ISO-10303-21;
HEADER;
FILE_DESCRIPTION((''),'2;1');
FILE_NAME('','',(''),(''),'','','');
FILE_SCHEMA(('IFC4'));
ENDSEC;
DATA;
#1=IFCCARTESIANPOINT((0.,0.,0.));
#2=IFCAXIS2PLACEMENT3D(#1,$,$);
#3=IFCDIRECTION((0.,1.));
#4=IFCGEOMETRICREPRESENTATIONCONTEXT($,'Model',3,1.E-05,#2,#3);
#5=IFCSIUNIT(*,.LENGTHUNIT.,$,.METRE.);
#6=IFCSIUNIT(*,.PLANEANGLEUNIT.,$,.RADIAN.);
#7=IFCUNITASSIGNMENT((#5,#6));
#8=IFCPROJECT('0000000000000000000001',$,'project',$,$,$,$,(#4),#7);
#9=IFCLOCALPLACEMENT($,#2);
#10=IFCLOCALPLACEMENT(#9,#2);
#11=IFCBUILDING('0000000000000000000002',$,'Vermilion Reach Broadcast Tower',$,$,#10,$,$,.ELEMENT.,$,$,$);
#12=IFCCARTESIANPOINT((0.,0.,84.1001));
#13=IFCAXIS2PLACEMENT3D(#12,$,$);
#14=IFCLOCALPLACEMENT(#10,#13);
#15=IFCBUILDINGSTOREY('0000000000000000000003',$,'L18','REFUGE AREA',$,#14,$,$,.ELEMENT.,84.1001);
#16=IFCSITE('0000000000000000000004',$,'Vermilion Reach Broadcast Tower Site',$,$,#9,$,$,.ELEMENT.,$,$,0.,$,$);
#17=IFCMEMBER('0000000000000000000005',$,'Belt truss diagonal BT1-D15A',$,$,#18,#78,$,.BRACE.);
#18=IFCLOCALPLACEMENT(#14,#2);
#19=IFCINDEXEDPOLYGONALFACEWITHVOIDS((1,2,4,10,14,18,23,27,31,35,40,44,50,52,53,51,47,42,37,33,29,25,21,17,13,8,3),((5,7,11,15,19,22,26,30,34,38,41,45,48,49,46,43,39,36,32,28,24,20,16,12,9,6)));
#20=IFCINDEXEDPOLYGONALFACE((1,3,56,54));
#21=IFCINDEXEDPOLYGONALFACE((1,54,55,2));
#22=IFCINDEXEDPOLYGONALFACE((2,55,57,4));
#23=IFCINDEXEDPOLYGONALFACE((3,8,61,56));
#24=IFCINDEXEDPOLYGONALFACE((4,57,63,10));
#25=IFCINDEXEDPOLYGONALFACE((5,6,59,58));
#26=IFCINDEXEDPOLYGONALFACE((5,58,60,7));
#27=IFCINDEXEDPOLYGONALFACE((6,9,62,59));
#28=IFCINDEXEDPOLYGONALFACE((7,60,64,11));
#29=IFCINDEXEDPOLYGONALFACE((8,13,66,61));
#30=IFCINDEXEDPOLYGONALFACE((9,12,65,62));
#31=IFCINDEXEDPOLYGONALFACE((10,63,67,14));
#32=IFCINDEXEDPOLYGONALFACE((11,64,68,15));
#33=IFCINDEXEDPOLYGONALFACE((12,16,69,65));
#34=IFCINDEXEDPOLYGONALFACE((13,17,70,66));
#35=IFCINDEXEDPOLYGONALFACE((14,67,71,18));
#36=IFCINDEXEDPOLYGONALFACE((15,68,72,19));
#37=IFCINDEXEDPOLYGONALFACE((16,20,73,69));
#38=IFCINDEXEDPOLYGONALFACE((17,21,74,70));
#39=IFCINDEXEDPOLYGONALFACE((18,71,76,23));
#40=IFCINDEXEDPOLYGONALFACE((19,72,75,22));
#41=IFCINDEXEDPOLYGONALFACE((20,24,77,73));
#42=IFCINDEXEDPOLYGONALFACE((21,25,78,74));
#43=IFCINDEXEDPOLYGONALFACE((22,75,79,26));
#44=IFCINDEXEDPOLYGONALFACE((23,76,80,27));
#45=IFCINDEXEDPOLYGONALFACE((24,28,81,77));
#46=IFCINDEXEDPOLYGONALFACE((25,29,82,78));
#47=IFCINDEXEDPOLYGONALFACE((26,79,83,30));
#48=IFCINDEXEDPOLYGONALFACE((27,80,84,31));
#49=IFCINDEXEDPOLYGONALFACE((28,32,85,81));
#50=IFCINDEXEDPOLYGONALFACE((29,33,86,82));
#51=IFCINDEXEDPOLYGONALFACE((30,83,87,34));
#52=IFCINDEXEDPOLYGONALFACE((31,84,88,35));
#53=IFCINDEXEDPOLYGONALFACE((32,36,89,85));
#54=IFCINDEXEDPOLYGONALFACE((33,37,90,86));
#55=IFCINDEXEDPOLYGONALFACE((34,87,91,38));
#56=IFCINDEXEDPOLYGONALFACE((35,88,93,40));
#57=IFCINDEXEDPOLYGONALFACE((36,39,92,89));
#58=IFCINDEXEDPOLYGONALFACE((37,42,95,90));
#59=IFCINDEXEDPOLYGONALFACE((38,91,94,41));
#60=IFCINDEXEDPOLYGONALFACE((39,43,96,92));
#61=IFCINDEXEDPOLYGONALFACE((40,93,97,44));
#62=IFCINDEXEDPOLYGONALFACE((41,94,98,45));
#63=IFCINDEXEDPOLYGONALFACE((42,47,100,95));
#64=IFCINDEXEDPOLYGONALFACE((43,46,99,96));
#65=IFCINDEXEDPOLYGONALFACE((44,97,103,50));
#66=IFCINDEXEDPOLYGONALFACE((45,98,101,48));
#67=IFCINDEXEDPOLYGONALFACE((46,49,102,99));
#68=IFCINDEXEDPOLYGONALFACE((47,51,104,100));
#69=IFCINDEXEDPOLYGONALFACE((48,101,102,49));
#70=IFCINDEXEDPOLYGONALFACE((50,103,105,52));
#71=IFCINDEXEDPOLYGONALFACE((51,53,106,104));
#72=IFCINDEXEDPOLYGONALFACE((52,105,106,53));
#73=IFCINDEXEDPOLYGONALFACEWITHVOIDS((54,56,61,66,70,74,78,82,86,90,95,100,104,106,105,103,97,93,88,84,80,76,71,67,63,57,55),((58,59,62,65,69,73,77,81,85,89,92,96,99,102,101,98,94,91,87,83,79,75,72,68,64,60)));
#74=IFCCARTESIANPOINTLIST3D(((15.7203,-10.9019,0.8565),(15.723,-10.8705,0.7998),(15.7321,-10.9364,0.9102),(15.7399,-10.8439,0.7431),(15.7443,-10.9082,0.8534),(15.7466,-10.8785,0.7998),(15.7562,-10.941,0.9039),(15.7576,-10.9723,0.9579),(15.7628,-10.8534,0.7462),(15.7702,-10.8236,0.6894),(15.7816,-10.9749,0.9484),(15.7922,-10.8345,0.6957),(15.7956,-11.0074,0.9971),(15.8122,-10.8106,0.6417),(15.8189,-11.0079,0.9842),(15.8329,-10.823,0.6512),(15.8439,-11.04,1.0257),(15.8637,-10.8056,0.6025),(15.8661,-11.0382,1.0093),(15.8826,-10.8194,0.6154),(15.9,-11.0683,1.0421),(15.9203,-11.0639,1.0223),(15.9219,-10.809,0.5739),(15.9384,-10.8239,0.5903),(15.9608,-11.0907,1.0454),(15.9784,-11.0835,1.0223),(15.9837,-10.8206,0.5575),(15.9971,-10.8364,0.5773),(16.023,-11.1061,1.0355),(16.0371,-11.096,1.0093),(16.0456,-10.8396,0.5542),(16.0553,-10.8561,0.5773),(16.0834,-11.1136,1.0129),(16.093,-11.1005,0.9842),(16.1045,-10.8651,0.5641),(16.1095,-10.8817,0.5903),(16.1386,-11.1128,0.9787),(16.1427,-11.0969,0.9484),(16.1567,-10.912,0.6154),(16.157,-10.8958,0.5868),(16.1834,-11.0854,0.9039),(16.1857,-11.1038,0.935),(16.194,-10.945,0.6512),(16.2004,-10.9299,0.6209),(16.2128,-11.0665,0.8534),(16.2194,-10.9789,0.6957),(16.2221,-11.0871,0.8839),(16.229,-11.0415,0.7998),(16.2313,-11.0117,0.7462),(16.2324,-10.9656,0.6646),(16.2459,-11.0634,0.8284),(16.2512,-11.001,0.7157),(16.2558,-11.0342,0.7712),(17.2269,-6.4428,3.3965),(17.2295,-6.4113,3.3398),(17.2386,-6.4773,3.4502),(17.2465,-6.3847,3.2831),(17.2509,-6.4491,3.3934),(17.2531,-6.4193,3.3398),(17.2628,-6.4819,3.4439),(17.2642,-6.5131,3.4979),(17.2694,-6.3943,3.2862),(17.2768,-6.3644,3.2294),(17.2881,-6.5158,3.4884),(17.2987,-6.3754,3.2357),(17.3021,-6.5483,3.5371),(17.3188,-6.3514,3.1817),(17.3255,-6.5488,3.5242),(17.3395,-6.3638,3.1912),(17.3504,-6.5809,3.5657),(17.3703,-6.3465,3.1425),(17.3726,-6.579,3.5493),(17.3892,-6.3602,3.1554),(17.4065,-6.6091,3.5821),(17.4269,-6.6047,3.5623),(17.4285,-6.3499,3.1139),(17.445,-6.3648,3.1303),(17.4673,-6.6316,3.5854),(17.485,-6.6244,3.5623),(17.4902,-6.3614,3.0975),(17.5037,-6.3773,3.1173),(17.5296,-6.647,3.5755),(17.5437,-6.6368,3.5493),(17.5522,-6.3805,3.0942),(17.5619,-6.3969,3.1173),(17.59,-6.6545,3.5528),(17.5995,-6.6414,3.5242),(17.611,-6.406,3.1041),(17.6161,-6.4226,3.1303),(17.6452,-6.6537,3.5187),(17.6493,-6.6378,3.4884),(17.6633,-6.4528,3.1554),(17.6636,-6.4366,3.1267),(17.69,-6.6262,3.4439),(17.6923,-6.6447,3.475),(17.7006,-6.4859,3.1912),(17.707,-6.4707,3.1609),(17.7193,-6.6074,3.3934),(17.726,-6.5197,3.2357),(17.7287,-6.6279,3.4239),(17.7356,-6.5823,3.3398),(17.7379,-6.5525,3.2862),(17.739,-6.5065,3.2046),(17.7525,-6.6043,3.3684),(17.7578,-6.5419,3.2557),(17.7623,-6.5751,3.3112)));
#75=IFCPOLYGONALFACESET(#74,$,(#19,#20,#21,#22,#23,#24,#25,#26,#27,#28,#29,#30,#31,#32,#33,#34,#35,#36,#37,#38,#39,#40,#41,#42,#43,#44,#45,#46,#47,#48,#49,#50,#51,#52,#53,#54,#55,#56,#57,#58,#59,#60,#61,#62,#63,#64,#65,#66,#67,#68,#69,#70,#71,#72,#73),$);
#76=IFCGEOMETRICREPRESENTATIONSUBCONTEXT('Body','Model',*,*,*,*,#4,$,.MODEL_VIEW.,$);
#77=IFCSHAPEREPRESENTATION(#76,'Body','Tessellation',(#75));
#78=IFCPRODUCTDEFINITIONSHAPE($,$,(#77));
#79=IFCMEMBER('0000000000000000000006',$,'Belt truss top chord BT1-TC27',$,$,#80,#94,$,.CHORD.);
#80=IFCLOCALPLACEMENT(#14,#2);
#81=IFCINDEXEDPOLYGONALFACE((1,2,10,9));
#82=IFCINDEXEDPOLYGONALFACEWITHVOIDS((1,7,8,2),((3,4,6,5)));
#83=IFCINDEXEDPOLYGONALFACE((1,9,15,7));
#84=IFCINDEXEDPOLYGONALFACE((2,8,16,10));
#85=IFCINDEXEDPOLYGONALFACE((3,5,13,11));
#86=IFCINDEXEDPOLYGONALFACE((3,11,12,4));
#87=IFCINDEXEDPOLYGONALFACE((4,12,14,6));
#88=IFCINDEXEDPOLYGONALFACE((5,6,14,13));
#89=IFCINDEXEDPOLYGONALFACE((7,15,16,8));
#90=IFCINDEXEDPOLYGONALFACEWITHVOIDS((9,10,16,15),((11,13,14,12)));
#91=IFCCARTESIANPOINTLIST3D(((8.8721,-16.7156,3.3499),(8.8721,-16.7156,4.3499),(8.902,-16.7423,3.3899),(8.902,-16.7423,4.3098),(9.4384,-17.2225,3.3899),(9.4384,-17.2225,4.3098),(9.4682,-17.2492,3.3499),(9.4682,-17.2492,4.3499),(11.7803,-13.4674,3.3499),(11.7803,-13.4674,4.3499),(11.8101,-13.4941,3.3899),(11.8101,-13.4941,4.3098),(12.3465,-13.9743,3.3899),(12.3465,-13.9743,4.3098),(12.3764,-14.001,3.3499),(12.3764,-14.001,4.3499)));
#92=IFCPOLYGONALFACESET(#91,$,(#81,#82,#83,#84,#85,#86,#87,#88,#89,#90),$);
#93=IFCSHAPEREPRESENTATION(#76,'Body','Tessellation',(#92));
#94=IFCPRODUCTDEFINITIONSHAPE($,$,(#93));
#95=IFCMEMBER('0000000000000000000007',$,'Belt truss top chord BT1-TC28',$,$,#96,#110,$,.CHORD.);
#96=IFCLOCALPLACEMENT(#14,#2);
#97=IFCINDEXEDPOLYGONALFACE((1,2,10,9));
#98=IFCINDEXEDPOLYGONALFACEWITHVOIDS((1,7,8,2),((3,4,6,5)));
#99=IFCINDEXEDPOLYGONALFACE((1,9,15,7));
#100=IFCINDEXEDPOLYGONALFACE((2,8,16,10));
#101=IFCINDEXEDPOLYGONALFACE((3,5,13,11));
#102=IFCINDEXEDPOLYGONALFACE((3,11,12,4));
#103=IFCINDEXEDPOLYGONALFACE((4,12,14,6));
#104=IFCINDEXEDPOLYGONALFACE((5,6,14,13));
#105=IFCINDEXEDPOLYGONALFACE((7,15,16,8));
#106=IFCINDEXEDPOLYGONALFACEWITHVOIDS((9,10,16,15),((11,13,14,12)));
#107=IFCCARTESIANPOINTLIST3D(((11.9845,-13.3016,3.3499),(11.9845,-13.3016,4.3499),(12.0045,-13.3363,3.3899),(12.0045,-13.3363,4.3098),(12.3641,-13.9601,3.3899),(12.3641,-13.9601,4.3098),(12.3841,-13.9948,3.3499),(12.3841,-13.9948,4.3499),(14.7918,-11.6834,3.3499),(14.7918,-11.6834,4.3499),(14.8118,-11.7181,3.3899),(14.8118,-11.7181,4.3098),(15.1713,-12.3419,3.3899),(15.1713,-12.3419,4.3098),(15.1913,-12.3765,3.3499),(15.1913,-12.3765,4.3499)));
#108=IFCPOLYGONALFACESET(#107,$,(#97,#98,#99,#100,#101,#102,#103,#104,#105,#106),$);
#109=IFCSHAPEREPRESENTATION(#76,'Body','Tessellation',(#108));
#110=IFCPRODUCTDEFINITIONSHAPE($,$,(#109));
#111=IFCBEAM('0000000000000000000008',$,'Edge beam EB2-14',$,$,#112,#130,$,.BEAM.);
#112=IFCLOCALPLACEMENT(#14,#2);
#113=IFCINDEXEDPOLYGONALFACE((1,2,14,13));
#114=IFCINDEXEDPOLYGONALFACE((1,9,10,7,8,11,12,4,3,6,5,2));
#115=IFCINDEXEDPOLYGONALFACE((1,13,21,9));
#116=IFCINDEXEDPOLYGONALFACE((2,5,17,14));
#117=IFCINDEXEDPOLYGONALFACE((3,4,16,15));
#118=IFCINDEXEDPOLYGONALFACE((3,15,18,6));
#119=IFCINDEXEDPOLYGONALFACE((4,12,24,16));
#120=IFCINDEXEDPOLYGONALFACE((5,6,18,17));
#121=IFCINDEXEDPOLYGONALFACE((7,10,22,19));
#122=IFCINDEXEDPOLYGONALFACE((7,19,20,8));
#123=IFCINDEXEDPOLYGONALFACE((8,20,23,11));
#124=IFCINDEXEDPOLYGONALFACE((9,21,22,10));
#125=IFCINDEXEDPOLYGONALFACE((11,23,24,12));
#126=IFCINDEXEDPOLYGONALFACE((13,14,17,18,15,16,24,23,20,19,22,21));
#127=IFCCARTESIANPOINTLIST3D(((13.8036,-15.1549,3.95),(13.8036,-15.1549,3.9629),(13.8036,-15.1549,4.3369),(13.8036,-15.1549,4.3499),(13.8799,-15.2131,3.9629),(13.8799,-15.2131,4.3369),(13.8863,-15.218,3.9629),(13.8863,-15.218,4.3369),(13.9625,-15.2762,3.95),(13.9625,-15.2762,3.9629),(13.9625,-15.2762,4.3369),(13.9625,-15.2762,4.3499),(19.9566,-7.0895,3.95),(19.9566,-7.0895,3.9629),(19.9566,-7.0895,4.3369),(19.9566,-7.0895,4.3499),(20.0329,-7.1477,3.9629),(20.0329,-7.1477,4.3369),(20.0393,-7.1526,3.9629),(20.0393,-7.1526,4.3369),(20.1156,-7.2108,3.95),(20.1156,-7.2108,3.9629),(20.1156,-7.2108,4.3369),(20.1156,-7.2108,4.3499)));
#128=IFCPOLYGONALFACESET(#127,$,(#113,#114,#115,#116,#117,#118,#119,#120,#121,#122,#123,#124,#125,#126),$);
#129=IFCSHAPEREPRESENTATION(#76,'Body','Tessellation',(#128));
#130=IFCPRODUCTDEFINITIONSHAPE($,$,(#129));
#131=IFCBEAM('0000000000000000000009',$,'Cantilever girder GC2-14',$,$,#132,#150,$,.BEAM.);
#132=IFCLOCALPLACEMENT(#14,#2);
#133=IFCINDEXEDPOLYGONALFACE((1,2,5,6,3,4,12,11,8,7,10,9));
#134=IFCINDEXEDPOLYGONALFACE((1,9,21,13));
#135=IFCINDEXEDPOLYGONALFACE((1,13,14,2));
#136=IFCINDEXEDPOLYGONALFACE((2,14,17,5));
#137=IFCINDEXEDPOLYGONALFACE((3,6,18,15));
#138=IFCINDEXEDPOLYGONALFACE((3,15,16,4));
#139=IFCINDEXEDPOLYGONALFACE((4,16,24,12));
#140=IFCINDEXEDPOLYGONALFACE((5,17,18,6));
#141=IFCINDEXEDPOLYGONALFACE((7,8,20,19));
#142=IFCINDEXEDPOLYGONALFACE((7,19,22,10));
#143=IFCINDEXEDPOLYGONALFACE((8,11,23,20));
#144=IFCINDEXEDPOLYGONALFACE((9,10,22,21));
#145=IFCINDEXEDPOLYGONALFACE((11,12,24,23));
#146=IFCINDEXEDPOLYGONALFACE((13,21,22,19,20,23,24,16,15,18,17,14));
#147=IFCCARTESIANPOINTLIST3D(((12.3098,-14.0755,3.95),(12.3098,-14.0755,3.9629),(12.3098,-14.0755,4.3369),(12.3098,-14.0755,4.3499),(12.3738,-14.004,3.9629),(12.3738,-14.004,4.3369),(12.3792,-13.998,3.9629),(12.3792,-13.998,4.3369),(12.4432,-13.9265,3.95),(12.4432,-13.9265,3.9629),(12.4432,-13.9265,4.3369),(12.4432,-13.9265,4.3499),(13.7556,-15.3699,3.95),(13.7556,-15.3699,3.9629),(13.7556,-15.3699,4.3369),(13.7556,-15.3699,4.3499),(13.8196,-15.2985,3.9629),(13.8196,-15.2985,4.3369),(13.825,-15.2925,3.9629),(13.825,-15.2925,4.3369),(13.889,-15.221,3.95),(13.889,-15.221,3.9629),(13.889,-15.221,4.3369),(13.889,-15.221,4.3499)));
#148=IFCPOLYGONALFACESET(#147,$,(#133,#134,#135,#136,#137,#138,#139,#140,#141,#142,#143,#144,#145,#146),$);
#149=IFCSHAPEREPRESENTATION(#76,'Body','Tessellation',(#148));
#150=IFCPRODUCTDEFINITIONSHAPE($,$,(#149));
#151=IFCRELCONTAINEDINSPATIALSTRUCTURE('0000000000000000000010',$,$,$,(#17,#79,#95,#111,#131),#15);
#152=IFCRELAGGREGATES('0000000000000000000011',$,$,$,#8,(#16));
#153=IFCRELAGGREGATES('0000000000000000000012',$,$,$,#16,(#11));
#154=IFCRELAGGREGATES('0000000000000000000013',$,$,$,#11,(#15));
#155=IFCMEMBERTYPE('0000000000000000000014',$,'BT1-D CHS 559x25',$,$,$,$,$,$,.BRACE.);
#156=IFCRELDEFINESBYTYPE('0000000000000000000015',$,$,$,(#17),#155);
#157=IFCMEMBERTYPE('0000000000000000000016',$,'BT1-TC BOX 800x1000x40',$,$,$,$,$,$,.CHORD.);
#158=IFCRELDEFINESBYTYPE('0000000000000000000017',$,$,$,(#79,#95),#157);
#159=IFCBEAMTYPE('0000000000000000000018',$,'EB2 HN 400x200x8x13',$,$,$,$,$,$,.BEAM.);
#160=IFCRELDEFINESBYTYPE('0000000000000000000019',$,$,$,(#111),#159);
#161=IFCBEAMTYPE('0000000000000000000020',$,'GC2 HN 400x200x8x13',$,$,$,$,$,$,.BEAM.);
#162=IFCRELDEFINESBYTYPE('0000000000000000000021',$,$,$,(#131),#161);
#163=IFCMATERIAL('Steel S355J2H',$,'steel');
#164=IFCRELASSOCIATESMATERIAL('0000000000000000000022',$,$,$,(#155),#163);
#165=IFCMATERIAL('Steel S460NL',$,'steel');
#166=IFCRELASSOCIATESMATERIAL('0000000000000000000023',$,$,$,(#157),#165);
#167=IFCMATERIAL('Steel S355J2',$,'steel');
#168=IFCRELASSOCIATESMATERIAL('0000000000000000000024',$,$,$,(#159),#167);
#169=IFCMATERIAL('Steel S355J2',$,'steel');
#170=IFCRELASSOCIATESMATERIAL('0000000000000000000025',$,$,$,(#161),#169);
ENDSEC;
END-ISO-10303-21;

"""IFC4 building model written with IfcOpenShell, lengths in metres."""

from ifc_helpers import new_model, si_unit, direction, frame, origin, origin_2d, place, context, subcontext, project, spatial, hollow_rectangle, hollow_circle, i_section, extrude, material, material_profile, profile_set, type_object, element, save


model = new_model("IFC4")

# Units and contexts
model_context = context("Model", 3, precision=1e-05, world=origin(), true_north=direction((0.0, 1.0)))
body_context = subcontext(model_context, "Body", "Model", "MODEL_VIEW")
ifc_project = project(units=[si_unit("LENGTHUNIT", "METRE"), si_unit("PLANEANGLEUNIT", "RADIAN")], contexts=[model_context])

# Site, building, storey
site_placement = place(None, origin())
site = spatial("IfcSite", under=ifc_project, at=site_placement, Name="Vermilion Reach Broadcast Tower Site", CompositionType="ELEMENT", RefElevation=0.0)
building_placement = place(site_placement, origin())
building = spatial("IfcBuilding", under=site, at=building_placement, Name="Vermilion Reach Broadcast Tower", CompositionType="ELEMENT")
storey_placement = place(building_placement, frame((0.0, 0.0, 84.1001)))
storey = spatial("IfcBuildingStorey", under=building, at=storey_placement, Name="L18", Description="REFUGE AREA", CompositionType="ELEMENT", Elevation=84.1001)

# Members
ifc_material_1 = material(Name="Steel S355J2H", Category="steel")
ifc_material_profile_1 = material_profile(ifc_material_1, hollow_circle(Radius=0.2795, WallThickness=0.0249, at=origin_2d()), Name="S355J2H CHS 559x25")
ifc_profile_set_1 = profile_set([ifc_material_profile_1], Name="Steel S355J2H")
member_type_1 = type_object("IfcMemberType", Name="BT1-D CHS 559x25", PredefinedType="BRACE", material=ifc_profile_set_1)
member_1_placement = place(storey_placement, frame((15.9878, -10.96, 0.7998), z_axis=(0.281685, 0.833736, 0.474908), x_axis=(-0.947389, 0.320084, 0.0)))
element("IfcMember", 1, at=member_1_placement, inside=storey, type_object=member_type_1, Name="Belt truss diagonal BT1-D15A", PredefinedType="BRACE", context=body_context, shape_type="SweptSolid", body=[
    extrude(hollow_circle(Radius=0.2795, WallThickness=0.0249, at=origin_2d()), origin(), (0.0, 0.0, 1.0), 5.3484),
])
ifc_material_2 = material(Name="Steel S460NL", Category="steel")
ifc_material_profile_2 = material_profile(ifc_material_2, hollow_rectangle(XDim=0.8, YDim=1.0, WallThickness=0.04, at=origin_2d()), Name="S460NL BOX 800x1000x40")
ifc_profile_set_2 = profile_set([ifc_material_profile_2], Name="Steel S460NL")
member_type_2 = type_object("IfcMemberType", Name="BT1-TC BOX 800x1000x40", PredefinedType="CHORD", material=ifc_profile_set_2)
member_2_placement = place(storey_placement, frame((9.1702, -16.9824, 3.8499), z_axis=(0.667029, 0.745032, 0.0), x_axis=(-0.745032, 0.667029, 0.0)))
element("IfcMember", 2, at=member_2_placement, inside=storey, type_object=member_type_2, Name="Belt truss top chord BT1-TC27", PredefinedType="CHORD", context=body_context, shape_type="SweptSolid", body=[
    extrude(hollow_rectangle(XDim=0.8, YDim=1.0, WallThickness=0.04, at=origin_2d()), origin(), (0.0, 0.0, 1.0), 4.3599),
])
member_3_placement = place(storey_placement, frame((12.1843, -13.6482, 3.8499), z_axis=(0.866364, 0.499414, 0.0), x_axis=(-0.499414, 0.866364, 0.0)))
element("IfcMember", 3, at=member_3_placement, inside=storey, type_object=member_type_2, Name="Belt truss top chord BT1-TC28", PredefinedType="CHORD", context=body_context, shape_type="SweptSolid", body=[
    extrude(hollow_rectangle(XDim=0.8, YDim=1.0, WallThickness=0.04, at=origin_2d()), origin(), (0.0, 0.0, 1.0), 3.2402),
])

# Beams
ifc_material_3 = material(Name="Steel S355J2", Category="steel")
ifc_material_profile_3 = material_profile(ifc_material_3, i_section(OverallWidth=0.2, OverallDepth=0.3999, WebThickness=0.0081, FlangeThickness=0.0129, at=origin_2d()), Name="S355J2 HN 400x200x8x13")
ifc_profile_set_3 = profile_set([ifc_material_profile_3], Name="Steel S355J2")
beam_type_1 = type_object("IfcBeamType", Name="EB2 HN 400x200x8x13", PredefinedType="BEAM", material=ifc_profile_set_3)
beam_1_placement = place(storey_placement, frame((13.8831, -15.2156, 4.1499), z_axis=(0.606541, 0.795052, 0.0), x_axis=(-0.795052, 0.606541, 0.0)))
element("IfcBeam", 4, at=beam_1_placement, inside=storey, type_object=beam_type_1, Name="Edge beam EB2-14", PredefinedType="BEAM", context=body_context, shape_type="SweptSolid", body=[
    extrude(i_section(OverallWidth=0.2, OverallDepth=0.3999, WebThickness=0.0081, FlangeThickness=0.0129, at=origin_2d()), origin(), (0.0, 0.0, 1.0), 10.1445),
])
ifc_material_4 = material(Name="Steel S355J2", Category="steel")
ifc_material_profile_4 = material_profile(ifc_material_4, i_section(OverallWidth=0.2, OverallDepth=0.3999, WebThickness=0.0081, FlangeThickness=0.0129, at=origin_2d()), Name="S355J2 HN 400x200x8x13")
ifc_profile_set_4 = profile_set([ifc_material_profile_4], Name="Steel S355J2")
beam_type_2 = type_object("IfcBeamType", Name="GC2 HN 400x200x8x13", PredefinedType="BEAM", material=ifc_profile_set_4)
beam_2_placement = place(storey_placement, frame((12.3765, -14.001, 4.1499), z_axis=(0.745031, -0.66703, 0.0), x_axis=(0.66703, 0.745031, 0.0)))
element("IfcBeam", 5, at=beam_2_placement, inside=storey, type_object=beam_type_2, Name="Cantilever girder GC2-14", PredefinedType="BEAM", context=body_context, shape_type="SweptSolid", body=[
    extrude(i_section(OverallWidth=0.2, OverallDepth=0.3999, WebThickness=0.0081, FlangeThickness=0.0129, at=origin_2d()), origin(), (0.0, 0.0, 1.0), 1.9407),
])

save(model, "model.ifc")
